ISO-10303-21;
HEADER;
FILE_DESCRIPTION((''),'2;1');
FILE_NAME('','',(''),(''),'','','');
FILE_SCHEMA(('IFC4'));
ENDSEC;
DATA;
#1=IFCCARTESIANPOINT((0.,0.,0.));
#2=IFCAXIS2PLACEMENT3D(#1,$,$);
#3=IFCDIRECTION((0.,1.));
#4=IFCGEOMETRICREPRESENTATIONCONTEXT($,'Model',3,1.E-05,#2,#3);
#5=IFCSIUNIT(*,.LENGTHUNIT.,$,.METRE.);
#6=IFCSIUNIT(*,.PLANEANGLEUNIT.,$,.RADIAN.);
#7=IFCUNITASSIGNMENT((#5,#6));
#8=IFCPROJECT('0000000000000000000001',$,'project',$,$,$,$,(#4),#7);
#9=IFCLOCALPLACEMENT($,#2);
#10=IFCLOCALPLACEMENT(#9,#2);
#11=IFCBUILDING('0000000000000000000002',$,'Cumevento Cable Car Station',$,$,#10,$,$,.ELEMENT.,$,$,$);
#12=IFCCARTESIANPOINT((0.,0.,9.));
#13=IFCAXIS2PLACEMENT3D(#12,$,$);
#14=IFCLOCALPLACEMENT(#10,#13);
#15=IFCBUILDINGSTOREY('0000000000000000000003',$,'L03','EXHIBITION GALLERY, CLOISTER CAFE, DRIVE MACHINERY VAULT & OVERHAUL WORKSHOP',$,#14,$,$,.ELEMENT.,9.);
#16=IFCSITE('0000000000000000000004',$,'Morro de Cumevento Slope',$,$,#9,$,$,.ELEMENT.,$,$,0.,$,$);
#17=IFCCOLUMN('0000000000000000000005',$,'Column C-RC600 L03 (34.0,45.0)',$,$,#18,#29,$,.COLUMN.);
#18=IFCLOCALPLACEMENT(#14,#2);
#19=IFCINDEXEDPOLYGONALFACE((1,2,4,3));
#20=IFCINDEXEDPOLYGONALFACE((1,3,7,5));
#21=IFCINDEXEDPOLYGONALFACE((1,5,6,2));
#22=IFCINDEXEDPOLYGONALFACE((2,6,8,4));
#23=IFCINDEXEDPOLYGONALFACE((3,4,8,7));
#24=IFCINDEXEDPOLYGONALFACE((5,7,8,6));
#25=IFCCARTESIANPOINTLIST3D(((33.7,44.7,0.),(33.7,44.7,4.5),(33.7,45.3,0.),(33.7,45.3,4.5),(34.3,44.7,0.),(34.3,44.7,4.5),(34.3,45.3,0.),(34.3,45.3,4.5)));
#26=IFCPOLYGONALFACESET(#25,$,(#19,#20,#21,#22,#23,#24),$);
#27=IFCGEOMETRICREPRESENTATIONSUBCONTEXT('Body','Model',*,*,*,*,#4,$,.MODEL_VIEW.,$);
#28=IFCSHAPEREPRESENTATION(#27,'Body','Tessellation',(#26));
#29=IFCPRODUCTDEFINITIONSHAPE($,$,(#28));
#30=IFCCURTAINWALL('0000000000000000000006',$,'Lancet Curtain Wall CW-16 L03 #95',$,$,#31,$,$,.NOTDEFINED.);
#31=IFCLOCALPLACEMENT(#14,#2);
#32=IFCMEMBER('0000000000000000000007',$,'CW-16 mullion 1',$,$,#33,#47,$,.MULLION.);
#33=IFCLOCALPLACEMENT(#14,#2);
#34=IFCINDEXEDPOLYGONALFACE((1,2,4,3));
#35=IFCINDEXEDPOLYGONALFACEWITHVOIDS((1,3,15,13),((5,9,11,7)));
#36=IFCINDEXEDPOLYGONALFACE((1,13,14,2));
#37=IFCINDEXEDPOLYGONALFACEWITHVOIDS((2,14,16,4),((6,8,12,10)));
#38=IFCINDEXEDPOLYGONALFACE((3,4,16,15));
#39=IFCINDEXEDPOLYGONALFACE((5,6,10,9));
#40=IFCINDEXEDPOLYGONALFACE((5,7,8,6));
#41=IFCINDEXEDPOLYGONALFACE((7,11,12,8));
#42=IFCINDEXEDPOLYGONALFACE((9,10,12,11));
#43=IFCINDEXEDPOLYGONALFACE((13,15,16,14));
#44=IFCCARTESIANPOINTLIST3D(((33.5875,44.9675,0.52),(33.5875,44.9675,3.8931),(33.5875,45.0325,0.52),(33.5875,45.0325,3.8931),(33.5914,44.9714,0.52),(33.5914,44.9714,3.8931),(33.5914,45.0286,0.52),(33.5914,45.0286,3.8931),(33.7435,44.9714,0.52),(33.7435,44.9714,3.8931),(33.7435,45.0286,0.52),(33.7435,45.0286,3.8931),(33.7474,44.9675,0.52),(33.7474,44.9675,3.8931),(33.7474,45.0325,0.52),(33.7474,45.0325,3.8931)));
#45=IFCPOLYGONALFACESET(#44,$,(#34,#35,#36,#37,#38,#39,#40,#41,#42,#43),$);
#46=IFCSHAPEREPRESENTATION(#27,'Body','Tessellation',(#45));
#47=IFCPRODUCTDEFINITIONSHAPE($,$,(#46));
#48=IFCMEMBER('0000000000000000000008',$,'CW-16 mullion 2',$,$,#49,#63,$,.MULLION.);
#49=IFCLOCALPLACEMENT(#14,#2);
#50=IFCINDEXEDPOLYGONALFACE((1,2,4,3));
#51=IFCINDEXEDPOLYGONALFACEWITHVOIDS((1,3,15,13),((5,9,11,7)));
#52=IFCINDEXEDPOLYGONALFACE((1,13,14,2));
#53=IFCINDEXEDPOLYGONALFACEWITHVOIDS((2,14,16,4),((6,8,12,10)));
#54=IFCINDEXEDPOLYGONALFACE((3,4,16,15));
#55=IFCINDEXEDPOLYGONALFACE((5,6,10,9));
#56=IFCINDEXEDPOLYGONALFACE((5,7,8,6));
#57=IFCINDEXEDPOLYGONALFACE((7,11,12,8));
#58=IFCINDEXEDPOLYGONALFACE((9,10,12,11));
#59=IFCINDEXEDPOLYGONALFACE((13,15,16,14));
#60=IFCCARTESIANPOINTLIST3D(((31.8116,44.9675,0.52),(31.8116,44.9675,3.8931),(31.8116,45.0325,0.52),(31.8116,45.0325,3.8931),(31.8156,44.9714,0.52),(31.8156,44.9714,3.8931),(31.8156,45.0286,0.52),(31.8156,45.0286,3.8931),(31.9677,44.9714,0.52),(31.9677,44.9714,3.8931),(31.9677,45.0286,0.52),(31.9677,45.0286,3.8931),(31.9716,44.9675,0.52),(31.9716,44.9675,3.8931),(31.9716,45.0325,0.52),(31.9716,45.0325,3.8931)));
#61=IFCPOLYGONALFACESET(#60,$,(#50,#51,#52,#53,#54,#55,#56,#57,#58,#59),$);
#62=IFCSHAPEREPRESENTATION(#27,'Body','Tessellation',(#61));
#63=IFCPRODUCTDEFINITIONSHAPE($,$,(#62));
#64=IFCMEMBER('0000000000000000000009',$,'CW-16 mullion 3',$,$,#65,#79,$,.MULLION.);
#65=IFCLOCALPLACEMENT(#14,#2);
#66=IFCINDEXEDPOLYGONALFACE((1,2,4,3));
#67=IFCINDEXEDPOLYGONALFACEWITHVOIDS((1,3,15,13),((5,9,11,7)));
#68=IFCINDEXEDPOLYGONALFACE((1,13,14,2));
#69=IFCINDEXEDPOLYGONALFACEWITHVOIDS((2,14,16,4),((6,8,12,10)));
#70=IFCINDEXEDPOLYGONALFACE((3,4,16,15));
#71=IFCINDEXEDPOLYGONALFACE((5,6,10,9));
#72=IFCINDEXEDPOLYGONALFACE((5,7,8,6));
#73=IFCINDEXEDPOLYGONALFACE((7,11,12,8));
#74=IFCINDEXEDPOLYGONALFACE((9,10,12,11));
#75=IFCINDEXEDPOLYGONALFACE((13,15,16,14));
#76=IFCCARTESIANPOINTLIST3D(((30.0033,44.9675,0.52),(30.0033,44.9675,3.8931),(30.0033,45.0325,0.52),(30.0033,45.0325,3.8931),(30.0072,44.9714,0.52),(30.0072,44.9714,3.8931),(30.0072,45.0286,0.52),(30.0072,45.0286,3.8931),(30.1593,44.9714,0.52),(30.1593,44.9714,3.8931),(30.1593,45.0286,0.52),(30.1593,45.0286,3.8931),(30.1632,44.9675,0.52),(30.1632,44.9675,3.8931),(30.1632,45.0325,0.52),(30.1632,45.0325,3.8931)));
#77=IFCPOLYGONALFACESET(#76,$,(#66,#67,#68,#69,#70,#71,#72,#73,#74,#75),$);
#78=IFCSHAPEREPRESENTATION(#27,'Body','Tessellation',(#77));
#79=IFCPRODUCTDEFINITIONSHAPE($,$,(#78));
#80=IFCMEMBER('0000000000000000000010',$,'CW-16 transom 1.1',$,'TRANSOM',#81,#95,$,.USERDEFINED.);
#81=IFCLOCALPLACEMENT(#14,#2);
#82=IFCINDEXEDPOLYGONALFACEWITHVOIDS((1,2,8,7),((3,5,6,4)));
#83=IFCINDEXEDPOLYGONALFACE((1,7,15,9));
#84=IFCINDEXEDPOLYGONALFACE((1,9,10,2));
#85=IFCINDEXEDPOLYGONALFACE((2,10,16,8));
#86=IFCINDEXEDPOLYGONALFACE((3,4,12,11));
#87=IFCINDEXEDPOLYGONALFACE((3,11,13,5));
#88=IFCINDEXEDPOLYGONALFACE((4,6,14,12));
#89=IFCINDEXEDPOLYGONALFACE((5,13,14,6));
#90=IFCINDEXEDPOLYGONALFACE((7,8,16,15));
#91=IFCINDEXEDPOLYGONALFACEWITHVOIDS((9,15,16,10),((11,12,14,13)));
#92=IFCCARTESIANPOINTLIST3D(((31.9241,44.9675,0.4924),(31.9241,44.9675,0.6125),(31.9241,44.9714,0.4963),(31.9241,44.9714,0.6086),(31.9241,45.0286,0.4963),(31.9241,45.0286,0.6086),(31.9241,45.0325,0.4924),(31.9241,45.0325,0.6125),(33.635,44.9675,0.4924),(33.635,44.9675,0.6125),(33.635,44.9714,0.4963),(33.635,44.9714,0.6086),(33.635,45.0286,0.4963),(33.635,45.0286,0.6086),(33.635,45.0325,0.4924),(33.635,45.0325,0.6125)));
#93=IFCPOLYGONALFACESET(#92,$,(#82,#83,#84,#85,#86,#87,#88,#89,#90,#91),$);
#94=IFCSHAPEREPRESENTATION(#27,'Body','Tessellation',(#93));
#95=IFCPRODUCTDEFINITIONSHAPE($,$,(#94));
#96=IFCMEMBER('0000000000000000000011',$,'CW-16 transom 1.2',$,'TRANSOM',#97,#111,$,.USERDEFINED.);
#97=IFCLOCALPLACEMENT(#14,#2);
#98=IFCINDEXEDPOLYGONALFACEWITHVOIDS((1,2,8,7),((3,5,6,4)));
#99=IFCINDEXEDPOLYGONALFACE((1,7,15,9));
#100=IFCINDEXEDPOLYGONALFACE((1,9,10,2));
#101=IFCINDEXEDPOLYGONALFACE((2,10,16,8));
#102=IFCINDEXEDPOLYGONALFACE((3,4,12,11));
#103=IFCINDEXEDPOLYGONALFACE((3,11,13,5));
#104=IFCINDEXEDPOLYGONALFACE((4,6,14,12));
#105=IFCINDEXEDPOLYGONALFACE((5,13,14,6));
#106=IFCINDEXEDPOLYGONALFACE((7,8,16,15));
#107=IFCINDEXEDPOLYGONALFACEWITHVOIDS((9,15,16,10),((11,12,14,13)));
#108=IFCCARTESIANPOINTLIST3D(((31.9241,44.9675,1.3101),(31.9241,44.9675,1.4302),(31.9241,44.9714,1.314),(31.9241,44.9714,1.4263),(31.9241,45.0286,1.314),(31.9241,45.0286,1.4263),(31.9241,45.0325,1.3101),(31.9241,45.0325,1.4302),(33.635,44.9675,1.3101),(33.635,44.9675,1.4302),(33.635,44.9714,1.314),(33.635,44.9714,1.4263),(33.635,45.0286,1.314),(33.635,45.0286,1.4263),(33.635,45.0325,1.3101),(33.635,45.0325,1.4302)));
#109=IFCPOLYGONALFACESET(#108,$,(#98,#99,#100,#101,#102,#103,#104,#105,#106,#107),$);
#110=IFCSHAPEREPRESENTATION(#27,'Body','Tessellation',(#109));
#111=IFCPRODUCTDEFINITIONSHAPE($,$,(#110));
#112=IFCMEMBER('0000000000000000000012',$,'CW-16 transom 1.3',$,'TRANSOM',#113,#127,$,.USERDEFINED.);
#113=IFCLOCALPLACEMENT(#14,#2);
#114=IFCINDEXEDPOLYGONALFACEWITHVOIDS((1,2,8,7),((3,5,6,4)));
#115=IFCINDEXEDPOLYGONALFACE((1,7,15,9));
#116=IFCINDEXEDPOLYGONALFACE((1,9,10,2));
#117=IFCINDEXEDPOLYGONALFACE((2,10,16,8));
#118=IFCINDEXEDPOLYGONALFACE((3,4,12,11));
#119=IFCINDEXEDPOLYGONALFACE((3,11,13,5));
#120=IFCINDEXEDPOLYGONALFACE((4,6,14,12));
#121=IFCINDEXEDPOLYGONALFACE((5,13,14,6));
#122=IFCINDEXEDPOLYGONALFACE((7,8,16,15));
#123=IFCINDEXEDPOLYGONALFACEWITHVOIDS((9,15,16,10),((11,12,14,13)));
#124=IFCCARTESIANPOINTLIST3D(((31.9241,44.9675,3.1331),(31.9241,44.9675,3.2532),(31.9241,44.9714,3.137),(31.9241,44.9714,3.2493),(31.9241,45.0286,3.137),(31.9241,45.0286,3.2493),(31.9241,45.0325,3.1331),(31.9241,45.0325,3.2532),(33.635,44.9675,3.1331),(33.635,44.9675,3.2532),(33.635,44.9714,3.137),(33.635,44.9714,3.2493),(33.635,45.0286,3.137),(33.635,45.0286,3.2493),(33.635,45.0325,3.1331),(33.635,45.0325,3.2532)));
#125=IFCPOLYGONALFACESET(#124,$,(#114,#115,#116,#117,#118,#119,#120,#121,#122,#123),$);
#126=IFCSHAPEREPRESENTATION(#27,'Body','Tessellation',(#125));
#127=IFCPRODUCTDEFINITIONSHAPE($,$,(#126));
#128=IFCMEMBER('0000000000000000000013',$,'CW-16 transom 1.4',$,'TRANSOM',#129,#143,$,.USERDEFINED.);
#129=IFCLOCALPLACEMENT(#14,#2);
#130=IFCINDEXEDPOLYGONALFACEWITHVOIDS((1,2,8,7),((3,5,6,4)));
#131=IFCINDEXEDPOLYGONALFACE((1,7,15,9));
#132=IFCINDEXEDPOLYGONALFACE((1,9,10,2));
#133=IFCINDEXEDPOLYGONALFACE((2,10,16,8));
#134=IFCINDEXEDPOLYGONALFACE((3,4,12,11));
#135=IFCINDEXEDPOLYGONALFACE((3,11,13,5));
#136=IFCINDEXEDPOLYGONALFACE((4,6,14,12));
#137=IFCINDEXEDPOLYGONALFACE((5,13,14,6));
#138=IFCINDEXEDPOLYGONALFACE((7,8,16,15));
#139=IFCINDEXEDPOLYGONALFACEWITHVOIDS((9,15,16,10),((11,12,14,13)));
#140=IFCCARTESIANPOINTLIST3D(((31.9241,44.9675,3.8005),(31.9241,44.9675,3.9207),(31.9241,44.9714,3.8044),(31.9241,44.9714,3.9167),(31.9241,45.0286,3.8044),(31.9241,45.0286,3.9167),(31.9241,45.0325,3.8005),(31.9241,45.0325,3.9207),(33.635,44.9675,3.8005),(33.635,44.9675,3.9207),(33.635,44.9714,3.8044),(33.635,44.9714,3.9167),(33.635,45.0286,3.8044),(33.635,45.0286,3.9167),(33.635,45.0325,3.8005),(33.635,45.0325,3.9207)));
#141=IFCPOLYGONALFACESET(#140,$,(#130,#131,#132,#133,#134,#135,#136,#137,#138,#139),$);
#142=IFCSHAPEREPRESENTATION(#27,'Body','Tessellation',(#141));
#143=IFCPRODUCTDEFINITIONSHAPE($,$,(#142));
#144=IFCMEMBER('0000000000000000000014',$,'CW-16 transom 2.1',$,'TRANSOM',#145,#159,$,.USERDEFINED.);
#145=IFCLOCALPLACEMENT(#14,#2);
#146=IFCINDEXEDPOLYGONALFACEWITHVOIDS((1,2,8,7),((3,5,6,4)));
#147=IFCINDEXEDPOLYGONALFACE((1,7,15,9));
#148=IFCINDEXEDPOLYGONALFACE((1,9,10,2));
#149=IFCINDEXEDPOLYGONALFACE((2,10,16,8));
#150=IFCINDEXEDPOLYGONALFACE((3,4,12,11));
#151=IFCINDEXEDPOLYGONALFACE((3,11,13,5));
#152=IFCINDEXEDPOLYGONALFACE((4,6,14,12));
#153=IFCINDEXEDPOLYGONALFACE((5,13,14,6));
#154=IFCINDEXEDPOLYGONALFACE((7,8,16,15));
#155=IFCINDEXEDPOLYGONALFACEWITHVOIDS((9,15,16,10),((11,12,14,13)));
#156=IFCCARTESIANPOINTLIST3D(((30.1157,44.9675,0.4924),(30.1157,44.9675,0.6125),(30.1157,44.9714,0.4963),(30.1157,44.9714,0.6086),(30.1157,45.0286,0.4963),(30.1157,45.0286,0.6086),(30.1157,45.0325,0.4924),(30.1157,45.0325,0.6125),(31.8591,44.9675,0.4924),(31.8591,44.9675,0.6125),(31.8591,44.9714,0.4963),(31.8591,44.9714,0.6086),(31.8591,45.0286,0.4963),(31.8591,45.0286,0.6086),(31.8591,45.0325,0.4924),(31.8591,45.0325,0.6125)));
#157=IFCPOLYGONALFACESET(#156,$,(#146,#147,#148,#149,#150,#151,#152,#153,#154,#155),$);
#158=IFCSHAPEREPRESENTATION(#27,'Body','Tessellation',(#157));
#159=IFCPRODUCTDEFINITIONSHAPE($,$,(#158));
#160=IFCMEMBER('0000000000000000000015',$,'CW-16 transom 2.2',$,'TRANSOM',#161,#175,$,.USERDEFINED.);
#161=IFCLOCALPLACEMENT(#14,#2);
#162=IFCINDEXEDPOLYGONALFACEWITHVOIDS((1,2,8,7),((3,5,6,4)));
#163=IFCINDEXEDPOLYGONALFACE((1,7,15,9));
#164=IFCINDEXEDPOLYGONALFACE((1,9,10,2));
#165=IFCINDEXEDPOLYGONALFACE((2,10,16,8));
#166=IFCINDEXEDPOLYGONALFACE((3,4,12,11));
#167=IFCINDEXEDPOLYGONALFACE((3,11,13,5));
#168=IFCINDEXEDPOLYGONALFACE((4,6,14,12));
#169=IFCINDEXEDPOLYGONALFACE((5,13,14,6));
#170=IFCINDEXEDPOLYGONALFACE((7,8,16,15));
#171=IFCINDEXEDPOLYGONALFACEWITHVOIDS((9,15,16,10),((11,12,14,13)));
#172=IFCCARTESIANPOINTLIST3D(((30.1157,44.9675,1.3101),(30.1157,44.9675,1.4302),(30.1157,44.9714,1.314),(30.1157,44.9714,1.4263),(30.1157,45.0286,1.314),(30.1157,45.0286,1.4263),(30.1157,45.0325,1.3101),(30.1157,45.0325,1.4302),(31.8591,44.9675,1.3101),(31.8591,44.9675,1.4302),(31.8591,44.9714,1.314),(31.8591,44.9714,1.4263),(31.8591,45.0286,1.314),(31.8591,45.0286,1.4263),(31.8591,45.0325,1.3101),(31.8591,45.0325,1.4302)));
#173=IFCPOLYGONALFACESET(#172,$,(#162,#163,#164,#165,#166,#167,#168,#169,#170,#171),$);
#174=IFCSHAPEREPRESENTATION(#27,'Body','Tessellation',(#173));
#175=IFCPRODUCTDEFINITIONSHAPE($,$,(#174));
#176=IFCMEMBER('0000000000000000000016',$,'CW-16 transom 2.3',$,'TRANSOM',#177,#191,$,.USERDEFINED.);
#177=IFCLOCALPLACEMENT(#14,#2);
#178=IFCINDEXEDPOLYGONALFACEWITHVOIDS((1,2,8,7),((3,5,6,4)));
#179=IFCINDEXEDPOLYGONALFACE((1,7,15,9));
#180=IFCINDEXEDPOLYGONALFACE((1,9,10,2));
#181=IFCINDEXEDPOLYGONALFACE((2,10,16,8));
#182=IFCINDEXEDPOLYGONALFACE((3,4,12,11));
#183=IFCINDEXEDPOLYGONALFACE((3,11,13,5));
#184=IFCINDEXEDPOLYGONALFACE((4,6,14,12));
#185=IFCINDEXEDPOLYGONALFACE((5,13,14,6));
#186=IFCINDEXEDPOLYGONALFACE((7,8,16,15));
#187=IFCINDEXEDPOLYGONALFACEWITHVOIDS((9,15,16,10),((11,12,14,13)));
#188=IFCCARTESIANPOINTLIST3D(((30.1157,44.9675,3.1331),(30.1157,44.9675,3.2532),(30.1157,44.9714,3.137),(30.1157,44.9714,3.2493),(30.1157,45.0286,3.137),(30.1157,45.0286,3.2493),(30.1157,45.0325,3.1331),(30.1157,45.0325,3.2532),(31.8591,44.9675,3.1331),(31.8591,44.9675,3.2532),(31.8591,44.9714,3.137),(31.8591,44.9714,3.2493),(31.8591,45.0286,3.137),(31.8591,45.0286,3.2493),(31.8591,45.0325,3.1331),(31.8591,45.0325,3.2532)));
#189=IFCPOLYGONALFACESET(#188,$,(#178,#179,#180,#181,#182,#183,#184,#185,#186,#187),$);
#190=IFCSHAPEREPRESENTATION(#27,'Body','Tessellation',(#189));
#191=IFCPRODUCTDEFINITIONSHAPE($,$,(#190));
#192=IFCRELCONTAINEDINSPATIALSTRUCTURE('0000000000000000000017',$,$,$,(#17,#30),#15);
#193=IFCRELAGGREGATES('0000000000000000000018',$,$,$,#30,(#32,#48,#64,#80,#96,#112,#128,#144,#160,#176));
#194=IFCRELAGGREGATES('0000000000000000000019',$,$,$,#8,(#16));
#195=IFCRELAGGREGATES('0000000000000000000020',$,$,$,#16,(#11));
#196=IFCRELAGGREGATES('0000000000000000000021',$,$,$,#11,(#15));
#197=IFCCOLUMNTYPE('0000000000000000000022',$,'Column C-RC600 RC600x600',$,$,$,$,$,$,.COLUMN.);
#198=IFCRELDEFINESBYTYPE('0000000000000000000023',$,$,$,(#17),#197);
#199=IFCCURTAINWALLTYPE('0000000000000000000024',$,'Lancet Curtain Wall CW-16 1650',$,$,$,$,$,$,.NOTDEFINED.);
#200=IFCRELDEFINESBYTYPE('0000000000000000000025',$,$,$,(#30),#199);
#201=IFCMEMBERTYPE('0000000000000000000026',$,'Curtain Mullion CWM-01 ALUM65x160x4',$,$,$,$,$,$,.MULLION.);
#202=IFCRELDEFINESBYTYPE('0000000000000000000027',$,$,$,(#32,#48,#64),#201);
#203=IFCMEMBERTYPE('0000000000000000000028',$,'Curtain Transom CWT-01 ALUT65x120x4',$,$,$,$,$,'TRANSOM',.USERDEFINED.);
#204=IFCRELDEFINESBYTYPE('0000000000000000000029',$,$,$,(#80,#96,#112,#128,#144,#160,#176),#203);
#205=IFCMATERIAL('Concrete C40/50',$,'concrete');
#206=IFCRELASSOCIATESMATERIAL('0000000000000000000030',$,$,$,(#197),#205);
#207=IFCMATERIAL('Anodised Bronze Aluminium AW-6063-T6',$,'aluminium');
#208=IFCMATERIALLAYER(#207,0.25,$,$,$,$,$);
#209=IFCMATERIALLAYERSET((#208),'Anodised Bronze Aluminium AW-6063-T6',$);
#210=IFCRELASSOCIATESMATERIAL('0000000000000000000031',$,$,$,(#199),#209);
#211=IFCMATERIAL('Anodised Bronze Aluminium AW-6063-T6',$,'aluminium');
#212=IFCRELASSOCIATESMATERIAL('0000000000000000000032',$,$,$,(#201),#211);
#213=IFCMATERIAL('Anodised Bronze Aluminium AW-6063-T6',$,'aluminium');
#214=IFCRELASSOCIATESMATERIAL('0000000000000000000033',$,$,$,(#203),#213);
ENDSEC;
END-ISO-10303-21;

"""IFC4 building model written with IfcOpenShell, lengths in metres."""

from ifc_helpers import new_model, si_unit, direction, frame, origin, origin_2d, place, context, subcontext, project, spatial, rectangle, hollow_rectangle, extrude, material, layer, layer_set, material_profile, profile_set, type_object, element, aggregate, save


model = new_model("IFC4")

# Units and contexts
model_context = context("Model", 3, precision=1e-05, world=origin(), true_north=direction((0.0, 1.0)))
body_context = subcontext(model_context, "Body", "Model", "MODEL_VIEW")
ifc_project = project(units=[si_unit("LENGTHUNIT", "METRE"), si_unit("PLANEANGLEUNIT", "RADIAN")], contexts=[model_context])

# Site, building, storey
site_placement = place(None, origin())
site = spatial("IfcSite", under=ifc_project, at=site_placement, Name="Morro de Cumevento Slope", CompositionType="ELEMENT", RefElevation=0.0)
building_placement = place(site_placement, origin())
building = spatial("IfcBuilding", under=site, at=building_placement, Name="Cumevento Cable Car Station", CompositionType="ELEMENT")
storey_placement = place(building_placement, frame((0.0, 0.0, 9.0)))
storey = spatial("IfcBuildingStorey", under=building, at=storey_placement, Name="L03", Description="EXHIBITION GALLERY, CLOISTER CAFE, DRIVE MACHINERY VAULT & OVERHAUL WORKSHOP", CompositionType="ELEMENT", Elevation=9.0)

# Column
ifc_material_1 = material(Name="Concrete C40/50", Category="concrete")
ifc_material_profile_1 = material_profile(ifc_material_1, rectangle(XDim=0.6001, YDim=0.6001, at=origin_2d()), Name="RC600x600")
ifc_profile_set_1 = profile_set([ifc_material_profile_1], Name="Concrete C40/50")
column_type = type_object("IfcColumnType", Name="Column C-RC600 RC600x600", PredefinedType="COLUMN", material=ifc_profile_set_1)
column_placement = place(storey_placement, frame((34.0, 45.0, 0.0), z_axis=(0.0, 0.0, 1.0), x_axis=(1.0, 0.0, 0.0)))
element("IfcColumn", 1, at=column_placement, inside=storey, type_object=column_type, Name="Column C-RC600 L03 (34.0,45.0)", PredefinedType="COLUMN", context=body_context, shape_type="SweptSolid", body=[
    extrude(rectangle(XDim=0.6001, YDim=0.6001, at=origin_2d()), origin(), (0.0, 0.0, 1.0), 4.5),
])

# Curtain wall, members
ifc_material_2 = material(Name="Anodised Bronze Aluminium AW-6063-T6", Category="aluminium")
ifc_layer_1 = layer(ifc_material_2, 0.25)
ifc_layer_set_1 = layer_set([ifc_layer_1], Name="Anodised Bronze Aluminium AW-6063-T6")
curtain_wall_type = type_object("IfcCurtainWallType", Name="Lancet Curtain Wall CW-16 1650", PredefinedType="NOTDEFINED", material=ifc_layer_set_1)
curtain_wall_placement = place(storey_placement, origin())
curtain_wall = element("IfcCurtainWall", 2, at=curtain_wall_placement, inside=storey, type_object=curtain_wall_type, Name="Lancet Curtain Wall CW-16 L03 #95", PredefinedType="NOTDEFINED")
ifc_material_3 = material(Name="Anodised Bronze Aluminium AW-6063-T6", Category="aluminium")
ifc_material_profile_2 = material_profile(ifc_material_3, hollow_rectangle(XDim=0.0649, YDim=0.1599, WallThickness=0.0039, at=origin_2d()), Name="ALUM65x160x4")
ifc_profile_set_2 = profile_set([ifc_material_profile_2], Name="Anodised Bronze Aluminium AW-6063-T6")
member_type_1 = type_object("IfcMemberType", Name="Curtain Mullion CWM-01 ALUM65x160x4", PredefinedType="MULLION", material=ifc_profile_set_2)
member_1_placement = place(storey_placement, frame((33.6675, 45.0, 0.52), z_axis=(0.0, 0.0, 1.0), x_axis=(0.0, -1.0, 0.0)))
member_1 = element("IfcMember", 3, at=member_1_placement, type_object=member_type_1, Name="CW-16 mullion 1", PredefinedType="MULLION", context=body_context, shape_type="SweptSolid", body=[
    extrude(hollow_rectangle(XDim=0.0649, YDim=0.1599, WallThickness=0.0039, at=origin_2d()), origin(), (0.0, 0.0, 1.0), 3.373),
])
member_2_placement = place(storey_placement, frame((31.8916, 45.0, 0.52), z_axis=(0.0, 0.0, 1.0), x_axis=(0.0, -1.0, 0.0)))
member_2 = element("IfcMember", 4, at=member_2_placement, type_object=member_type_1, Name="CW-16 mullion 2", PredefinedType="MULLION", context=body_context, shape_type="SweptSolid", body=[
    extrude(hollow_rectangle(XDim=0.0649, YDim=0.1599, WallThickness=0.0039, at=origin_2d()), origin(), (0.0, 0.0, 1.0), 3.373),
])
member_3_placement = place(storey_placement, frame((30.0833, 45.0, 0.52), z_axis=(0.0, 0.0, 1.0), x_axis=(0.0, -1.0, 0.0)))
member_3 = element("IfcMember", 5, at=member_3_placement, type_object=member_type_1, Name="CW-16 mullion 3", PredefinedType="MULLION", context=body_context, shape_type="SweptSolid", body=[
    extrude(hollow_rectangle(XDim=0.0649, YDim=0.1599, WallThickness=0.0039, at=origin_2d()), origin(), (0.0, 0.0, 1.0), 3.373),
])
ifc_material_4 = material(Name="Anodised Bronze Aluminium AW-6063-T6", Category="aluminium")
ifc_material_profile_3 = material_profile(ifc_material_4, hollow_rectangle(XDim=0.0649, YDim=0.1201, WallThickness=0.0039, at=origin_2d()), Name="ALUT65x120x4")
ifc_profile_set_3 = profile_set([ifc_material_profile_3], Name="Anodised Bronze Aluminium AW-6063-T6")
member_type_2 = type_object("IfcMemberType", Name="Curtain Transom CWT-01 ALUT65x120x4", ElementType="TRANSOM", PredefinedType="USERDEFINED", material=ifc_profile_set_3)
member_4_placement = place(storey_placement, frame((33.635, 45.0, 0.5525), z_axis=(-1.0, 0.0, 0.0), x_axis=(0.0, -1.0, 0.0)))
member_4 = element("IfcMember", 6, at=member_4_placement, type_object=member_type_2, Name="CW-16 transom 1.1", ObjectType="TRANSOM", PredefinedType="USERDEFINED", context=body_context, shape_type="SweptSolid", body=[
    extrude(hollow_rectangle(XDim=0.0649, YDim=0.1201, WallThickness=0.0039, at=origin_2d()), origin(), (0.0, 0.0, 1.0), 1.7109),
])
member_5_placement = place(storey_placement, frame((33.635, 45.0, 1.3701), z_axis=(-1.0, 0.0, 0.0), x_axis=(0.0, -1.0, 0.0)))
member_5 = element("IfcMember", 7, at=member_5_placement, type_object=member_type_2, Name="CW-16 transom 1.2", ObjectType="TRANSOM", PredefinedType="USERDEFINED", context=body_context, shape_type="SweptSolid", body=[
    extrude(hollow_rectangle(XDim=0.0649, YDim=0.1201, WallThickness=0.0039, at=origin_2d()), origin(), (0.0, 0.0, 1.0), 1.7109),
])
member_6_placement = place(storey_placement, frame((33.635, 45.0, 3.1931), z_axis=(-1.0, 0.0, 0.0), x_axis=(0.0, -1.0, 0.0)))
member_6 = element("IfcMember", 8, at=member_6_placement, type_object=member_type_2, Name="CW-16 transom 1.3", ObjectType="TRANSOM", PredefinedType="USERDEFINED", context=body_context, shape_type="SweptSolid", body=[
    extrude(hollow_rectangle(XDim=0.0649, YDim=0.1201, WallThickness=0.0039, at=origin_2d()), origin(), (0.0, 0.0, 1.0), 1.7109),
])
member_7_placement = place(storey_placement, frame((33.635, 45.0, 3.8606), z_axis=(-1.0, 0.0, 0.0), x_axis=(0.0, -1.0, 0.0)))
member_7 = element("IfcMember", 9, at=member_7_placement, type_object=member_type_2, Name="CW-16 transom 1.4", ObjectType="TRANSOM", PredefinedType="USERDEFINED", context=body_context, shape_type="SweptSolid", body=[
    extrude(hollow_rectangle(XDim=0.0649, YDim=0.1201, WallThickness=0.0039, at=origin_2d()), origin(), (0.0, 0.0, 1.0), 1.7109),
])
member_8_placement = place(storey_placement, frame((31.8591, 45.0, 0.5525), z_axis=(-1.0, 0.0, 0.0), x_axis=(0.0, -1.0, 0.0)))
member_8 = element("IfcMember", 10, at=member_8_placement, type_object=member_type_2, Name="CW-16 transom 2.1", ObjectType="TRANSOM", PredefinedType="USERDEFINED", context=body_context, shape_type="SweptSolid", body=[
    extrude(hollow_rectangle(XDim=0.0649, YDim=0.1201, WallThickness=0.0039, at=origin_2d()), origin(), (0.0, 0.0, 1.0), 1.7434),
])
member_9_placement = place(storey_placement, frame((31.8591, 45.0, 1.3701), z_axis=(-1.0, 0.0, 0.0), x_axis=(0.0, -1.0, 0.0)))
member_9 = element("IfcMember", 11, at=member_9_placement, type_object=member_type_2, Name="CW-16 transom 2.2", ObjectType="TRANSOM", PredefinedType="USERDEFINED", context=body_context, shape_type="SweptSolid", body=[
    extrude(hollow_rectangle(XDim=0.0649, YDim=0.1201, WallThickness=0.0039, at=origin_2d()), origin(), (0.0, 0.0, 1.0), 1.7434),
])
member_10_placement = place(storey_placement, frame((31.8591, 45.0, 3.1931), z_axis=(-1.0, 0.0, 0.0), x_axis=(0.0, -1.0, 0.0)))
member_10 = element("IfcMember", 12, at=member_10_placement, type_object=member_type_2, Name="CW-16 transom 2.3", ObjectType="TRANSOM", PredefinedType="USERDEFINED", context=body_context, shape_type="SweptSolid", body=[
    extrude(hollow_rectangle(XDim=0.0649, YDim=0.1201, WallThickness=0.0039, at=origin_2d()), origin(), (0.0, 0.0, 1.0), 1.7434),
])

aggregate(curtain_wall, [member_1, member_2, member_3, member_4, member_5, member_6, member_7, member_8, member_9, member_10])

save(model, "model.ifc")
